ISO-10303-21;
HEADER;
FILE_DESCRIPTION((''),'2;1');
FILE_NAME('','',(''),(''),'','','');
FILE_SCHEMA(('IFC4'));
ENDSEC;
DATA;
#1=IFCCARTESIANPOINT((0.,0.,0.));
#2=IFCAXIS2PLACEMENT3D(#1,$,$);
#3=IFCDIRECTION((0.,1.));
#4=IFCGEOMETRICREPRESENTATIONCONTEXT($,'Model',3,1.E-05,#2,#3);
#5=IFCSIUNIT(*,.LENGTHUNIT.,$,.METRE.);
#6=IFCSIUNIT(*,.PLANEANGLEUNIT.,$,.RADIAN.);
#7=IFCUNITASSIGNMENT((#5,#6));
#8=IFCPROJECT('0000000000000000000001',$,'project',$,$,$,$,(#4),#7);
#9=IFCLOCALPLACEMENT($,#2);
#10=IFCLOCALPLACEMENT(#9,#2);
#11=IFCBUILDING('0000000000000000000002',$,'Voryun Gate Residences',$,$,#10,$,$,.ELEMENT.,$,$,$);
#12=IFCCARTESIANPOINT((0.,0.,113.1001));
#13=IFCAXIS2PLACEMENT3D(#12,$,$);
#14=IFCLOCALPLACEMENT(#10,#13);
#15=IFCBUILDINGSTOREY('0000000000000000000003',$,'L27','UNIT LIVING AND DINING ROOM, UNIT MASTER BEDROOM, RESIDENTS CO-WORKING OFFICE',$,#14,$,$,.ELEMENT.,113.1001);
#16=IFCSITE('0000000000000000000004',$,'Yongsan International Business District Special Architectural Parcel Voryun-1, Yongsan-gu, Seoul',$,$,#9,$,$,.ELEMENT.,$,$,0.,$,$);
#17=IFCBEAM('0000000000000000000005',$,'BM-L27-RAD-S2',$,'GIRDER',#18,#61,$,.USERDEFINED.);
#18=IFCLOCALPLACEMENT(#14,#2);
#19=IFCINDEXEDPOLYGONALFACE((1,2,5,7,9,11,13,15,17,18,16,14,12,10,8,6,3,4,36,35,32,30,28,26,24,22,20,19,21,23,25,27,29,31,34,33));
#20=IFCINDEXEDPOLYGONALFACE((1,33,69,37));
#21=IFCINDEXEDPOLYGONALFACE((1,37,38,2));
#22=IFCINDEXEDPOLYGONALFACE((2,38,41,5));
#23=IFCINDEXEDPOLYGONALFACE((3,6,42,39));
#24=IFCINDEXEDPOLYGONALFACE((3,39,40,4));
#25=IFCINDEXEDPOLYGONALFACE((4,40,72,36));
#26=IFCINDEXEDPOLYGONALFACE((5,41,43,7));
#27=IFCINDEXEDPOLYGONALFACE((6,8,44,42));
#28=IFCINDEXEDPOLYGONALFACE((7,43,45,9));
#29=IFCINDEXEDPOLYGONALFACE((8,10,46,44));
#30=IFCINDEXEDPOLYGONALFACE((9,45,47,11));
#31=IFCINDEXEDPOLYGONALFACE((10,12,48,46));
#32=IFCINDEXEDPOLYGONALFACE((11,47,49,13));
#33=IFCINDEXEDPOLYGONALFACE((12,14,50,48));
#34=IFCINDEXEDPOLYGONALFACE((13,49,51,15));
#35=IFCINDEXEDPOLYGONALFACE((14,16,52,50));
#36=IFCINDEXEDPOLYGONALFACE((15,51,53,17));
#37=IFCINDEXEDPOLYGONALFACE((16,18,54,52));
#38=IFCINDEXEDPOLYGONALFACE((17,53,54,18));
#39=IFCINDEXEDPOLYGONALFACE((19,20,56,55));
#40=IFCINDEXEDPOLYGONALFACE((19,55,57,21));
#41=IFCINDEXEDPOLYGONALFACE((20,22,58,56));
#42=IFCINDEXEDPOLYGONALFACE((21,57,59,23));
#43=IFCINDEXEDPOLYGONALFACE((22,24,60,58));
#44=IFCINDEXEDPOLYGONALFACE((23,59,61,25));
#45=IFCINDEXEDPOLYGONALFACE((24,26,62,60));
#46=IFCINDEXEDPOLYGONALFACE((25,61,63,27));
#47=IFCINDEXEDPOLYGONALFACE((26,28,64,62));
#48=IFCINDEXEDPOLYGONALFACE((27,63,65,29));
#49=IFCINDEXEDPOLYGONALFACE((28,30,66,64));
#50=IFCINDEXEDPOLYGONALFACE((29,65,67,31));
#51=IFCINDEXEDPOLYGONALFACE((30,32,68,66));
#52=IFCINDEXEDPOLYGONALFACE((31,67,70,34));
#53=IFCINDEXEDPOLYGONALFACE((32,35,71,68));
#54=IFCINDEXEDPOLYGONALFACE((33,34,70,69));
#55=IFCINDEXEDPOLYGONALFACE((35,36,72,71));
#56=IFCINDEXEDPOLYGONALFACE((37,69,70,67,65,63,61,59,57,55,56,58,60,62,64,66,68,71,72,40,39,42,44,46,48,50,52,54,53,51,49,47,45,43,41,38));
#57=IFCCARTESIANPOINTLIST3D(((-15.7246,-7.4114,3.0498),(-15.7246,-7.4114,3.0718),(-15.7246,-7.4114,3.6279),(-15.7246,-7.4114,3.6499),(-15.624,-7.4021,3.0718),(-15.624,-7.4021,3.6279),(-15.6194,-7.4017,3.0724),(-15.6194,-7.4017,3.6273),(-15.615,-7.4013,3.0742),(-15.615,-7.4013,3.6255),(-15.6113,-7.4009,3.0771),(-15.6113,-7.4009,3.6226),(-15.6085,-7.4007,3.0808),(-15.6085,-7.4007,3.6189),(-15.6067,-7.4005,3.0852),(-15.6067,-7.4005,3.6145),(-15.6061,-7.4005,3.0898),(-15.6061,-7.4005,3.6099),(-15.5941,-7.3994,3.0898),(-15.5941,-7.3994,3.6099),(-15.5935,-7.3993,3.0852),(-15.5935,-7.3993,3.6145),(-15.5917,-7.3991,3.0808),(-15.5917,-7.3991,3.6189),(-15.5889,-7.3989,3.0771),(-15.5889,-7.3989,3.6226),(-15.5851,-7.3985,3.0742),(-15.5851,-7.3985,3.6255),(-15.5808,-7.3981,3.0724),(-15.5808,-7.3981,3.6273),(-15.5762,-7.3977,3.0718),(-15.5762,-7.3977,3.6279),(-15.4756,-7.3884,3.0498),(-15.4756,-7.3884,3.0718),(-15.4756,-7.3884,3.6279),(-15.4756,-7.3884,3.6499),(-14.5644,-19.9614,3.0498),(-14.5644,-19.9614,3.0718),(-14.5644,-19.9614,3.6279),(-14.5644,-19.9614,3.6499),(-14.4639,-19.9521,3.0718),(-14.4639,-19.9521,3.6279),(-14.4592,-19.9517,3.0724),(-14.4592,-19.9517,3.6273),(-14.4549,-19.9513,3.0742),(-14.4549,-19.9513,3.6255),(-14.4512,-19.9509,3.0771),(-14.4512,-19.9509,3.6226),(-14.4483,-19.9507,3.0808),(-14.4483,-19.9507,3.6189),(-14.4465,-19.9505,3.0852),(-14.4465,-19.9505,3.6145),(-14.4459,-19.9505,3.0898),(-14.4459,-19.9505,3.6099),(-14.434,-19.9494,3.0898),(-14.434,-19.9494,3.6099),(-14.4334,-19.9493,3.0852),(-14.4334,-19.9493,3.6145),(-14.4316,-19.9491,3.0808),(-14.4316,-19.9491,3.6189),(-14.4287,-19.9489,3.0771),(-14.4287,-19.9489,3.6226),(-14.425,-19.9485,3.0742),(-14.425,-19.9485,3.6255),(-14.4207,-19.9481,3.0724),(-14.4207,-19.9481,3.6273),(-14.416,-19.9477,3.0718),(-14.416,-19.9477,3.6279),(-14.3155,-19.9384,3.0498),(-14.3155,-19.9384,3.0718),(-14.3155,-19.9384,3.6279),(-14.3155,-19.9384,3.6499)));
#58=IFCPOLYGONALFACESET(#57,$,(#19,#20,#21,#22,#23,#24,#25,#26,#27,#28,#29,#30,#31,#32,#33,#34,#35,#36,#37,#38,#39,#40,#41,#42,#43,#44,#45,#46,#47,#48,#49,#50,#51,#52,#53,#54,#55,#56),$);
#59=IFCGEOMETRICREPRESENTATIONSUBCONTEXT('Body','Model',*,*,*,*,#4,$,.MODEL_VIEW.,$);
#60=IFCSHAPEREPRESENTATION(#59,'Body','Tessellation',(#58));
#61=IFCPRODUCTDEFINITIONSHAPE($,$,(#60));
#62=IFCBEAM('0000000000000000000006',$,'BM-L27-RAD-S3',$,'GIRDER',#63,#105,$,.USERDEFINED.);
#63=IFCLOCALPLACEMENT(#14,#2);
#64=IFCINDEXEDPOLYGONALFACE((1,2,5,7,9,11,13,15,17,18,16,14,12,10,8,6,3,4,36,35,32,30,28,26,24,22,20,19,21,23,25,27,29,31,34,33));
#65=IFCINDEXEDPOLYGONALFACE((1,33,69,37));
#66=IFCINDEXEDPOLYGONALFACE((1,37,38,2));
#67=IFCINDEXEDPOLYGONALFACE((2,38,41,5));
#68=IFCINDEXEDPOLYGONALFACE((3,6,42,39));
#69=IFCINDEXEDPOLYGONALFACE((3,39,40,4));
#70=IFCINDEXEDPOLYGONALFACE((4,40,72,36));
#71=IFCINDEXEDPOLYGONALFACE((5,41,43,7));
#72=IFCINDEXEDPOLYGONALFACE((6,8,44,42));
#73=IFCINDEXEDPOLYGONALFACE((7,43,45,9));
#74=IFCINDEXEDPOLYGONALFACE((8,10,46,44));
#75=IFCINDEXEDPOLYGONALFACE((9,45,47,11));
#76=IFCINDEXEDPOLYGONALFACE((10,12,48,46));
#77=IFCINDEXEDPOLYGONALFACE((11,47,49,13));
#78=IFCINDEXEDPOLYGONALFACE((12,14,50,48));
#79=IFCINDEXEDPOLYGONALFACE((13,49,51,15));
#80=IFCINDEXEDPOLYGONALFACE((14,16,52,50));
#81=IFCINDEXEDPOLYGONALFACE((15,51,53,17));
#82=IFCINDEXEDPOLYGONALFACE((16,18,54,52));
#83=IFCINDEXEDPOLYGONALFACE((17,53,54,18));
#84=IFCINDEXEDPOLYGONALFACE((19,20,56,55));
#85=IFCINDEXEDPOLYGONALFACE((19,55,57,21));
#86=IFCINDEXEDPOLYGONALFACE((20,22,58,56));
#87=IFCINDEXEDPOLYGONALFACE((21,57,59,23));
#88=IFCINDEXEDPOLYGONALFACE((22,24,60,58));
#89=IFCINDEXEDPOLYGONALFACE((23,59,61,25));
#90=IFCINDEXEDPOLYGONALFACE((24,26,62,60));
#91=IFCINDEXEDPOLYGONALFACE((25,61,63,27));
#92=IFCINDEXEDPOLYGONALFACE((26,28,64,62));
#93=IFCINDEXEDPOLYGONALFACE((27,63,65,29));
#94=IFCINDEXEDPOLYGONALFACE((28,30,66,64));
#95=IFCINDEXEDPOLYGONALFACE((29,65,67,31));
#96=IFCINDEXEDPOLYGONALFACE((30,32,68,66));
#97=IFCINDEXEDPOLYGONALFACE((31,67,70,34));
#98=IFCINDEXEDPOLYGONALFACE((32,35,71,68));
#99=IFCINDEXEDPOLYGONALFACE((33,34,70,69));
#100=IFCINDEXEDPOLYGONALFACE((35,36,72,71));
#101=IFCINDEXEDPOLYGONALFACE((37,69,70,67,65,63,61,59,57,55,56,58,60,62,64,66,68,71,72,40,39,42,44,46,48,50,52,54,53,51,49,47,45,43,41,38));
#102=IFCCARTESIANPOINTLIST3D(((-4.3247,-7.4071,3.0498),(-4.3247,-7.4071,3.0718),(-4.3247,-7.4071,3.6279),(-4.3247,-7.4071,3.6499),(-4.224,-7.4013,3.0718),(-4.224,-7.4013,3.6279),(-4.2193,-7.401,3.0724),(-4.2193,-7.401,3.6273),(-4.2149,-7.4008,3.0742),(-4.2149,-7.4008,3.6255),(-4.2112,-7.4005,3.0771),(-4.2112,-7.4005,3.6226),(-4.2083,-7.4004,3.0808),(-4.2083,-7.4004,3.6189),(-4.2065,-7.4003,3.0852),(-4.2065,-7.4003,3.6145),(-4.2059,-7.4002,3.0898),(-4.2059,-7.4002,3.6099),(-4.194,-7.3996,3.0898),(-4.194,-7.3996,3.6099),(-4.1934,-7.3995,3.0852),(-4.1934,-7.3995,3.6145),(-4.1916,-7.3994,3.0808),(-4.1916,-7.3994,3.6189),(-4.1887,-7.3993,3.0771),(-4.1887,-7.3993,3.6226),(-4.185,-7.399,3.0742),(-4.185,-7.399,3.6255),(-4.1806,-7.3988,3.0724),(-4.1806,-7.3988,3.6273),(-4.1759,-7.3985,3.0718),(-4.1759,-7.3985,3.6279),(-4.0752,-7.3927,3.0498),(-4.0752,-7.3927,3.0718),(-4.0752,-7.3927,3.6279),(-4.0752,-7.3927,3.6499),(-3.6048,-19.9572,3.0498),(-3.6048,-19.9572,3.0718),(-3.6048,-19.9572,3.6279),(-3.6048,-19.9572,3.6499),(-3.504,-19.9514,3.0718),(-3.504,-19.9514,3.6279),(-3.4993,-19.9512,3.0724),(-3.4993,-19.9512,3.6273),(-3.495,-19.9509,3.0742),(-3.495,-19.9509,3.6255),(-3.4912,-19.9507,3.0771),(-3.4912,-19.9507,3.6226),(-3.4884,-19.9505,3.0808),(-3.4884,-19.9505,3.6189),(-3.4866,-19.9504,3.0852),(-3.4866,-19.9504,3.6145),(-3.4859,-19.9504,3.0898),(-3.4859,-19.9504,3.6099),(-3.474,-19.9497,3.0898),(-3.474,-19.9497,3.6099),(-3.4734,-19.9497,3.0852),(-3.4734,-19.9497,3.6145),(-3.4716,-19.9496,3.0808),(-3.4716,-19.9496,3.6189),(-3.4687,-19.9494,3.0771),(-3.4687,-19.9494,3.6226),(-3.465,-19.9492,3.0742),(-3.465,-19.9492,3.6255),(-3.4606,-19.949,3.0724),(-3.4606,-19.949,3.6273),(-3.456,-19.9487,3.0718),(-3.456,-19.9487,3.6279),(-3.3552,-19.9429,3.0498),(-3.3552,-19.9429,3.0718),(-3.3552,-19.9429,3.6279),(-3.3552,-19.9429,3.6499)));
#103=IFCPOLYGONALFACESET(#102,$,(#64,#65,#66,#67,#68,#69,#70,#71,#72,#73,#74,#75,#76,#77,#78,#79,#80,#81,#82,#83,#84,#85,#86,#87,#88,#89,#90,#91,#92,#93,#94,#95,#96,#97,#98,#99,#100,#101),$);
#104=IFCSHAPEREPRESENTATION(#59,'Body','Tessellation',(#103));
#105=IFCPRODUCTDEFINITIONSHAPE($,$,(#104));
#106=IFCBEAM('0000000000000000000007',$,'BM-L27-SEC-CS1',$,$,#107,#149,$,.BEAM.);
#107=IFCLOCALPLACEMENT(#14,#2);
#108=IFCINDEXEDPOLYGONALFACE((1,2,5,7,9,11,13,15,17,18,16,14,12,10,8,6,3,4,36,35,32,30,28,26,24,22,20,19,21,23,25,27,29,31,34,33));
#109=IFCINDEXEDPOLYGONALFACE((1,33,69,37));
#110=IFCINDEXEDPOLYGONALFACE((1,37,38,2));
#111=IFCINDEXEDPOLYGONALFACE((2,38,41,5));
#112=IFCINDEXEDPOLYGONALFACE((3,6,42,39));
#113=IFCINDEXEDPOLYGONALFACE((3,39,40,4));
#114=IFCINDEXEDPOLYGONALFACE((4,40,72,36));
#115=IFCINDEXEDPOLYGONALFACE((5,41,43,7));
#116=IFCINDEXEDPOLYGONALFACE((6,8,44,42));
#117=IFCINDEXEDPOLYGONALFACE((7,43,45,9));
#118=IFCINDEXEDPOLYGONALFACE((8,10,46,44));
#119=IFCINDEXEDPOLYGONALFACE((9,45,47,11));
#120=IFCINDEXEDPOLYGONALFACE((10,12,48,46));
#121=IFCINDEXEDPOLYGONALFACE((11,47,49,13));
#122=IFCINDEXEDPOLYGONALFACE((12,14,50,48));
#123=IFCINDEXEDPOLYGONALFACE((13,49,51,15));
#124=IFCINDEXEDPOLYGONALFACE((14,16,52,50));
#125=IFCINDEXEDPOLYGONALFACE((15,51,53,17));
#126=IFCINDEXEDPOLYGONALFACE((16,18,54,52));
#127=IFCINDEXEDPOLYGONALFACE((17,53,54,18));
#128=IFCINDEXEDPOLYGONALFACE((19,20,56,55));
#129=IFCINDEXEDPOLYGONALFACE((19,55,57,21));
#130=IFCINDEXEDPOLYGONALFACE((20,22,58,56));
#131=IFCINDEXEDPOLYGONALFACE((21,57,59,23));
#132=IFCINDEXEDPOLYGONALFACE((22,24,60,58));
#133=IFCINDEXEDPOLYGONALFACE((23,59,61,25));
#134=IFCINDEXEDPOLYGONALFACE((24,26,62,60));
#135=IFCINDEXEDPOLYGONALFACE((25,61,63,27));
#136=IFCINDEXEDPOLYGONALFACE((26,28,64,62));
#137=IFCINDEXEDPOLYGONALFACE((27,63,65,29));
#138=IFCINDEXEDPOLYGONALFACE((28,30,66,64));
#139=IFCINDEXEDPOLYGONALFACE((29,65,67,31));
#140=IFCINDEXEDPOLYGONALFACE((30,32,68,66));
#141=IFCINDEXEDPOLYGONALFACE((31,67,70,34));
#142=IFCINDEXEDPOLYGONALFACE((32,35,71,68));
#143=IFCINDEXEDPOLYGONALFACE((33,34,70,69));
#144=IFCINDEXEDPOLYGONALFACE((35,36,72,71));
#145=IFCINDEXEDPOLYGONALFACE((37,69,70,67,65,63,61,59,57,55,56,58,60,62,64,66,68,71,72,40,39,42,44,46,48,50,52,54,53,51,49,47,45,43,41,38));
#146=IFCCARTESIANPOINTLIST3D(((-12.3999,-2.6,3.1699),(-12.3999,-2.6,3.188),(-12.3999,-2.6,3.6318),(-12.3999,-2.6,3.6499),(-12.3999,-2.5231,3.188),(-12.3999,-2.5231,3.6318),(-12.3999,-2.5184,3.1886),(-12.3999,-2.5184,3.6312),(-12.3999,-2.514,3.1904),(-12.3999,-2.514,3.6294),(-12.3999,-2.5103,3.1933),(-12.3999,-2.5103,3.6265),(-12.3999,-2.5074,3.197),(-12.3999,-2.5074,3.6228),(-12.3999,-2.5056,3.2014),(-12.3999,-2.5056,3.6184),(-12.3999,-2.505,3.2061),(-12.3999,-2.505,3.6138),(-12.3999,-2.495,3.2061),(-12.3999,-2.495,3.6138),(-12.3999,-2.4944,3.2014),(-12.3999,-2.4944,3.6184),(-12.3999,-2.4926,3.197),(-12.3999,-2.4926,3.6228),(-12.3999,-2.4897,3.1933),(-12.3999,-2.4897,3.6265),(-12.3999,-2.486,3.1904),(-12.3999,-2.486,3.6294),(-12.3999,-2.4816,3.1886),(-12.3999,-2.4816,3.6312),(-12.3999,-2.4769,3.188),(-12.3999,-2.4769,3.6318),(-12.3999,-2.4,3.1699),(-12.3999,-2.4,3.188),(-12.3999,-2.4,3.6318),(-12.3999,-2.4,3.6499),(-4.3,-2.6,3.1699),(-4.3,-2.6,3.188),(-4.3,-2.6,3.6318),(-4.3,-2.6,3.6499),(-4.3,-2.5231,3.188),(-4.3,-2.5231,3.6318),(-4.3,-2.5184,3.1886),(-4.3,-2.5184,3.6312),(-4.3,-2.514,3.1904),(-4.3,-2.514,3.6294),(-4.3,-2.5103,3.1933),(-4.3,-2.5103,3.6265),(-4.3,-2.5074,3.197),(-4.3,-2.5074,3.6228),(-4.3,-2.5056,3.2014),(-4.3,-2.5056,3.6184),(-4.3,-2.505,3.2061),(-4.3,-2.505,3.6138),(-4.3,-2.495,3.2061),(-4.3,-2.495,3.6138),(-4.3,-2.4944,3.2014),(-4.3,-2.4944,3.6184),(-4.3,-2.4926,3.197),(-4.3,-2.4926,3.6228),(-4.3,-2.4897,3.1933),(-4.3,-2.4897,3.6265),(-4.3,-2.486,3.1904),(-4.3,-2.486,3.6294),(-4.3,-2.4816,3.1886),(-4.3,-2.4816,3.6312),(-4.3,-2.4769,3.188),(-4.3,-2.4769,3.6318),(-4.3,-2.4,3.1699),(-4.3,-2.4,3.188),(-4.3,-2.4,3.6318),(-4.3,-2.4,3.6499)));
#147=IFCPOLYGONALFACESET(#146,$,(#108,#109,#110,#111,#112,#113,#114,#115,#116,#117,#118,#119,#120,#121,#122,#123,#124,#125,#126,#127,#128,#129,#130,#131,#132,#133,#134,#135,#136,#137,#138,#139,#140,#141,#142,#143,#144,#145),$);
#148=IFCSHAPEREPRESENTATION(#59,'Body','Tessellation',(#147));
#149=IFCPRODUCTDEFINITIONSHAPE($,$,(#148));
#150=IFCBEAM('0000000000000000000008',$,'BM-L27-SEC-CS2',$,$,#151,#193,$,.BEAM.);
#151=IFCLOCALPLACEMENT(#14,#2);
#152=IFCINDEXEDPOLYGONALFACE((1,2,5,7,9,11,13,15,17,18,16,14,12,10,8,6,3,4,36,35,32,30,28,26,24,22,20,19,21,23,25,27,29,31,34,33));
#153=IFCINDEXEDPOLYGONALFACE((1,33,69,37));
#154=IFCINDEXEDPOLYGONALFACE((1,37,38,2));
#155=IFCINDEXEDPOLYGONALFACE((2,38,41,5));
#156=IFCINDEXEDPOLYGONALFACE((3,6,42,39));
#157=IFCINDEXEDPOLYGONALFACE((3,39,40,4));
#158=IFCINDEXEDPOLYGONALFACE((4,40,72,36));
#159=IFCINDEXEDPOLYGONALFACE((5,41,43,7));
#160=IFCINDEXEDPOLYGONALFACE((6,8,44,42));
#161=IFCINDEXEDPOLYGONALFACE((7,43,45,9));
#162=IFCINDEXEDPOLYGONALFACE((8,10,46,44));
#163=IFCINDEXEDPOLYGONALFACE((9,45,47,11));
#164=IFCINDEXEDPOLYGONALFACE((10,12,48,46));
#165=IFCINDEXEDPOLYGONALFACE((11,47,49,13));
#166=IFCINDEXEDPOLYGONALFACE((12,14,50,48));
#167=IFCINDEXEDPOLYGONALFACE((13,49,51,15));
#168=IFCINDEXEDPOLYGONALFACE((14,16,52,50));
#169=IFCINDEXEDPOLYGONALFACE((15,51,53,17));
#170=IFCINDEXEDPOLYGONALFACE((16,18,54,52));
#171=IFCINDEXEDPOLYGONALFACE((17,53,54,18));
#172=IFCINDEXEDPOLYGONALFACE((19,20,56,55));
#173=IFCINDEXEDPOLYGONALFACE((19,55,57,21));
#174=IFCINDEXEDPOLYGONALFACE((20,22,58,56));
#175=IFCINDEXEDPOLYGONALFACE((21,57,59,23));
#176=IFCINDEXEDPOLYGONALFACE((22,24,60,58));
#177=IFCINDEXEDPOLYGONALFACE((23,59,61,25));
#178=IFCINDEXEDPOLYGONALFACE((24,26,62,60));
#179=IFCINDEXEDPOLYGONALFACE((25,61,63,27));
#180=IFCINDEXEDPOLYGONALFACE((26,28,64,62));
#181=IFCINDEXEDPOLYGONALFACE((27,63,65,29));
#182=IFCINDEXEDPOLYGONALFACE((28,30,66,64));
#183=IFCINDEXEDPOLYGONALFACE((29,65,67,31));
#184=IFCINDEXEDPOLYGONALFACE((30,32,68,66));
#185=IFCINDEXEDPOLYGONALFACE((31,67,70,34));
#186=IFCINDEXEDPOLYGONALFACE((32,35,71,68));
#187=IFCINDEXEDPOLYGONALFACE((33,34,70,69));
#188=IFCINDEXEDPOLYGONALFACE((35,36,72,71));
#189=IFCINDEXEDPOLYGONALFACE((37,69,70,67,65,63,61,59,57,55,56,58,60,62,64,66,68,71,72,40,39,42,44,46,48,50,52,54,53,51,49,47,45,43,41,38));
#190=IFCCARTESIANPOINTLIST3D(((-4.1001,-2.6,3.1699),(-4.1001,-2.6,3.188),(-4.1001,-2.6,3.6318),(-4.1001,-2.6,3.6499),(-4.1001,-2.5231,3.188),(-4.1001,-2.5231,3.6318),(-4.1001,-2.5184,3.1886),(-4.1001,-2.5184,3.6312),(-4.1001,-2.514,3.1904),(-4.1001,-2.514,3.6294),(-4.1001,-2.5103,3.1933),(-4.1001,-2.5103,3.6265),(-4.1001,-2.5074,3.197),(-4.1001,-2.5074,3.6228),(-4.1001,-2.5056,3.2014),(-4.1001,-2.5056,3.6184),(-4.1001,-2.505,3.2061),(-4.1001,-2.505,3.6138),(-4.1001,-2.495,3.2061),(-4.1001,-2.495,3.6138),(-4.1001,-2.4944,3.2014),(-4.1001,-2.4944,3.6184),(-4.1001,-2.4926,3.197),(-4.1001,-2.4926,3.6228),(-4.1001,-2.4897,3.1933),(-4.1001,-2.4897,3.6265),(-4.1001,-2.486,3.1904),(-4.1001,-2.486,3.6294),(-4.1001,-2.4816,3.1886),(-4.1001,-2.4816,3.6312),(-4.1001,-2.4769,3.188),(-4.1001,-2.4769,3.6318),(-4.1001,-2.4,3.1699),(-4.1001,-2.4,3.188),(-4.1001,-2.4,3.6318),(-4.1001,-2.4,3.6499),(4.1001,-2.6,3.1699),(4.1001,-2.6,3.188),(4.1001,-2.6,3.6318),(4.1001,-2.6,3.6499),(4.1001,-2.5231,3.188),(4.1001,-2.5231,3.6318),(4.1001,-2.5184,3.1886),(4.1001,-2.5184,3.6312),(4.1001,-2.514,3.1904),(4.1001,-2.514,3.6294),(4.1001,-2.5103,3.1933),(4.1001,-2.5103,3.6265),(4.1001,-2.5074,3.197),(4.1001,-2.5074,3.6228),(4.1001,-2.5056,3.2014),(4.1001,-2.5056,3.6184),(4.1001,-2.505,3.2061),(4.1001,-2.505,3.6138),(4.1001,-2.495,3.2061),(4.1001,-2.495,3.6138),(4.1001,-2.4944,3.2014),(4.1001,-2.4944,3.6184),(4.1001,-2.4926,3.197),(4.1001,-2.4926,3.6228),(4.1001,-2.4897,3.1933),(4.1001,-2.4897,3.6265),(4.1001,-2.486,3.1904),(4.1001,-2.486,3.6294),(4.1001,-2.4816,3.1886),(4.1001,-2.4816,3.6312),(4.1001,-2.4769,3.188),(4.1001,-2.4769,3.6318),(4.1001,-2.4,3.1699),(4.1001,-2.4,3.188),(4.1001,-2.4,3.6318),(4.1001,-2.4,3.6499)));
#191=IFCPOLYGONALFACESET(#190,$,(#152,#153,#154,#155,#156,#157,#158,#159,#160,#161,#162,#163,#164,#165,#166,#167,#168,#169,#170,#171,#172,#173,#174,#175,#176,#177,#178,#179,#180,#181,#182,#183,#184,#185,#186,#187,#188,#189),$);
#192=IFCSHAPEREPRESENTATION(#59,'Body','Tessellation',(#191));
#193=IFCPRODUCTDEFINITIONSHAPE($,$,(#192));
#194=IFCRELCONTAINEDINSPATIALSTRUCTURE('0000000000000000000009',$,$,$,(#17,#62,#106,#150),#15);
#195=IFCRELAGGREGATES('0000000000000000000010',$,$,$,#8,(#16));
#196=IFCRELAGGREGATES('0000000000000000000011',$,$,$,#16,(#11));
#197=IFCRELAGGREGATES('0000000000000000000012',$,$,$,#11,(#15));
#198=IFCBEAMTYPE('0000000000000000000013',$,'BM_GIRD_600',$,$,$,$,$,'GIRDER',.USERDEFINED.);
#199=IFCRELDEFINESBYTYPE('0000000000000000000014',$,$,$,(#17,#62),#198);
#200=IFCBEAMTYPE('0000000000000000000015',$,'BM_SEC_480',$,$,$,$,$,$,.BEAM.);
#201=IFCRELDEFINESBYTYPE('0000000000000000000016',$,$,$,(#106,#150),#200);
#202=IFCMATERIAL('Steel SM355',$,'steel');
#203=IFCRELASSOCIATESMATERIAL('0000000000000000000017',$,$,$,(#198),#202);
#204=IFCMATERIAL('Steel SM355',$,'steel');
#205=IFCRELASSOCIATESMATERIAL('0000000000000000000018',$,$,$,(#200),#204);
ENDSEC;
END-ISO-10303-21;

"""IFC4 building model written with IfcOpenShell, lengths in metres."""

from ifc_helpers import new_model, si_unit, direction, frame, origin, origin_2d, place, context, subcontext, project, spatial, i_section, extrude, material, material_profile, profile_set, type_object, element, save


model = new_model("IFC4")

# Units and contexts
model_context = context("Model", 3, precision=1e-05, world=origin(), true_north=direction((0.0, 1.0)))
body_context = subcontext(model_context, "Body", "Model", "MODEL_VIEW")
ifc_project = project(units=[si_unit("LENGTHUNIT", "METRE"), si_unit("PLANEANGLEUNIT", "RADIAN")], contexts=[model_context])

# Site, building, storey
site_placement = place(None, origin())
site = spatial("IfcSite", under=ifc_project, at=site_placement, Name="Yongsan International Business District Special Architectural Parcel Voryun-1, Yongsan-gu, Seoul", CompositionType="ELEMENT", RefElevation=0.0)
building_placement = place(site_placement, origin())
building = spatial("IfcBuilding", under=site, at=building_placement, Name="Voryun Gate Residences", CompositionType="ELEMENT")
storey_placement = place(building_placement, frame((0.0, 0.0, 113.1001)))
storey = spatial("IfcBuildingStorey", under=building, at=storey_placement, Name="L27", Description="UNIT LIVING AND DINING ROOM, UNIT MASTER BEDROOM, RESIDENTS CO-WORKING OFFICE", CompositionType="ELEMENT", Elevation=113.1001)

# Beams
ifc_material_1 = material(Name="Steel SM355", Category="steel")
ifc_material_profile_1 = material_profile(ifc_material_1, i_section(OverallWidth=0.25, OverallDepth=0.6001, WebThickness=0.012, FlangeThickness=0.022, FilletRadius=0.0181, at=origin_2d()), Name="H-600x250x12x22")
ifc_profile_set_1 = profile_set([ifc_material_profile_1], Name="Steel SM355")
beam_type_1 = type_object("IfcBeamType", Name="BM_GIRD_600", ElementType="GIRDER", PredefinedType="USERDEFINED", material=ifc_profile_set_1)
beam_1_placement = place(storey_placement, frame((-15.6001, -7.3999, 3.3499), z_axis=(0.09205, -0.995754, 0.0), x_axis=(0.995754, 0.09205, 0.0)))
element("IfcBeam", 1, at=beam_1_placement, inside=storey, type_object=beam_type_1, Name="BM-L27-RAD-S2", ObjectType="GIRDER", PredefinedType="USERDEFINED", context=body_context, shape_type="SweptSolid", body=[
    extrude(i_section(OverallWidth=0.25, OverallDepth=0.6001, WebThickness=0.012, FlangeThickness=0.022, FilletRadius=0.0181, at=origin_2d()), origin(), (0.0, 0.0, 1.0), 12.6035),
])
beam_2_placement = place(storey_placement, frame((-4.2, -7.3999, 3.3499), z_axis=(0.057274, -0.998359, 0.0), x_axis=(0.998359, 0.057274, 0.0)))
element("IfcBeam", 2, at=beam_2_placement, inside=storey, type_object=beam_type_1, Name="BM-L27-RAD-S3", ObjectType="GIRDER", PredefinedType="USERDEFINED", context=body_context, shape_type="SweptSolid", body=[
    extrude(i_section(OverallWidth=0.25, OverallDepth=0.6001, WebThickness=0.012, FlangeThickness=0.022, FilletRadius=0.0181, at=origin_2d()), origin(), (0.0, 0.0, 1.0), 12.5708),
])
ifc_material_2 = material(Name="Steel SM355", Category="steel")
ifc_material_profile_2 = material_profile(ifc_material_2, i_section(OverallWidth=0.2, OverallDepth=0.48, WebThickness=0.01, FlangeThickness=0.0181, FilletRadius=0.0181, at=origin_2d()), Name="H-480x200x10x18")
ifc_profile_set_2 = profile_set([ifc_material_profile_2], Name="Steel SM355")
beam_type_2 = type_object("IfcBeamType", Name="BM_SEC_480", PredefinedType="BEAM", material=ifc_profile_set_2)
beam_3_placement = place(storey_placement, frame((-12.3999, -2.5, 3.4099), z_axis=(1.0, 0.0, 0.0), x_axis=(0.0, 1.0, 0.0)))
element("IfcBeam", 3, at=beam_3_placement, inside=storey, type_object=beam_type_2, Name="BM-L27-SEC-CS1", PredefinedType="BEAM", context=body_context, shape_type="SweptSolid", body=[
    extrude(i_section(OverallWidth=0.2, OverallDepth=0.48, WebThickness=0.01, FlangeThickness=0.0181, FilletRadius=0.0181, at=origin_2d()), origin(), (0.0, 0.0, 1.0), 8.0999),
])
beam_4_placement = place(storey_placement, frame((-4.1001, -2.5, 3.4099), z_axis=(1.0, 0.0, 0.0), x_axis=(0.0, 1.0, 0.0)))
element("IfcBeam", 4, at=beam_4_placement, inside=storey, type_object=beam_type_2, Name="BM-L27-SEC-CS2", PredefinedType="BEAM", context=body_context, shape_type="SweptSolid", body=[
    extrude(i_section(OverallWidth=0.2, OverallDepth=0.48, WebThickness=0.01, FlangeThickness=0.0181, FilletRadius=0.0181, at=origin_2d()), origin(), (0.0, 0.0, 1.0), 8.2002),
])

save(model, "model.ifc")
